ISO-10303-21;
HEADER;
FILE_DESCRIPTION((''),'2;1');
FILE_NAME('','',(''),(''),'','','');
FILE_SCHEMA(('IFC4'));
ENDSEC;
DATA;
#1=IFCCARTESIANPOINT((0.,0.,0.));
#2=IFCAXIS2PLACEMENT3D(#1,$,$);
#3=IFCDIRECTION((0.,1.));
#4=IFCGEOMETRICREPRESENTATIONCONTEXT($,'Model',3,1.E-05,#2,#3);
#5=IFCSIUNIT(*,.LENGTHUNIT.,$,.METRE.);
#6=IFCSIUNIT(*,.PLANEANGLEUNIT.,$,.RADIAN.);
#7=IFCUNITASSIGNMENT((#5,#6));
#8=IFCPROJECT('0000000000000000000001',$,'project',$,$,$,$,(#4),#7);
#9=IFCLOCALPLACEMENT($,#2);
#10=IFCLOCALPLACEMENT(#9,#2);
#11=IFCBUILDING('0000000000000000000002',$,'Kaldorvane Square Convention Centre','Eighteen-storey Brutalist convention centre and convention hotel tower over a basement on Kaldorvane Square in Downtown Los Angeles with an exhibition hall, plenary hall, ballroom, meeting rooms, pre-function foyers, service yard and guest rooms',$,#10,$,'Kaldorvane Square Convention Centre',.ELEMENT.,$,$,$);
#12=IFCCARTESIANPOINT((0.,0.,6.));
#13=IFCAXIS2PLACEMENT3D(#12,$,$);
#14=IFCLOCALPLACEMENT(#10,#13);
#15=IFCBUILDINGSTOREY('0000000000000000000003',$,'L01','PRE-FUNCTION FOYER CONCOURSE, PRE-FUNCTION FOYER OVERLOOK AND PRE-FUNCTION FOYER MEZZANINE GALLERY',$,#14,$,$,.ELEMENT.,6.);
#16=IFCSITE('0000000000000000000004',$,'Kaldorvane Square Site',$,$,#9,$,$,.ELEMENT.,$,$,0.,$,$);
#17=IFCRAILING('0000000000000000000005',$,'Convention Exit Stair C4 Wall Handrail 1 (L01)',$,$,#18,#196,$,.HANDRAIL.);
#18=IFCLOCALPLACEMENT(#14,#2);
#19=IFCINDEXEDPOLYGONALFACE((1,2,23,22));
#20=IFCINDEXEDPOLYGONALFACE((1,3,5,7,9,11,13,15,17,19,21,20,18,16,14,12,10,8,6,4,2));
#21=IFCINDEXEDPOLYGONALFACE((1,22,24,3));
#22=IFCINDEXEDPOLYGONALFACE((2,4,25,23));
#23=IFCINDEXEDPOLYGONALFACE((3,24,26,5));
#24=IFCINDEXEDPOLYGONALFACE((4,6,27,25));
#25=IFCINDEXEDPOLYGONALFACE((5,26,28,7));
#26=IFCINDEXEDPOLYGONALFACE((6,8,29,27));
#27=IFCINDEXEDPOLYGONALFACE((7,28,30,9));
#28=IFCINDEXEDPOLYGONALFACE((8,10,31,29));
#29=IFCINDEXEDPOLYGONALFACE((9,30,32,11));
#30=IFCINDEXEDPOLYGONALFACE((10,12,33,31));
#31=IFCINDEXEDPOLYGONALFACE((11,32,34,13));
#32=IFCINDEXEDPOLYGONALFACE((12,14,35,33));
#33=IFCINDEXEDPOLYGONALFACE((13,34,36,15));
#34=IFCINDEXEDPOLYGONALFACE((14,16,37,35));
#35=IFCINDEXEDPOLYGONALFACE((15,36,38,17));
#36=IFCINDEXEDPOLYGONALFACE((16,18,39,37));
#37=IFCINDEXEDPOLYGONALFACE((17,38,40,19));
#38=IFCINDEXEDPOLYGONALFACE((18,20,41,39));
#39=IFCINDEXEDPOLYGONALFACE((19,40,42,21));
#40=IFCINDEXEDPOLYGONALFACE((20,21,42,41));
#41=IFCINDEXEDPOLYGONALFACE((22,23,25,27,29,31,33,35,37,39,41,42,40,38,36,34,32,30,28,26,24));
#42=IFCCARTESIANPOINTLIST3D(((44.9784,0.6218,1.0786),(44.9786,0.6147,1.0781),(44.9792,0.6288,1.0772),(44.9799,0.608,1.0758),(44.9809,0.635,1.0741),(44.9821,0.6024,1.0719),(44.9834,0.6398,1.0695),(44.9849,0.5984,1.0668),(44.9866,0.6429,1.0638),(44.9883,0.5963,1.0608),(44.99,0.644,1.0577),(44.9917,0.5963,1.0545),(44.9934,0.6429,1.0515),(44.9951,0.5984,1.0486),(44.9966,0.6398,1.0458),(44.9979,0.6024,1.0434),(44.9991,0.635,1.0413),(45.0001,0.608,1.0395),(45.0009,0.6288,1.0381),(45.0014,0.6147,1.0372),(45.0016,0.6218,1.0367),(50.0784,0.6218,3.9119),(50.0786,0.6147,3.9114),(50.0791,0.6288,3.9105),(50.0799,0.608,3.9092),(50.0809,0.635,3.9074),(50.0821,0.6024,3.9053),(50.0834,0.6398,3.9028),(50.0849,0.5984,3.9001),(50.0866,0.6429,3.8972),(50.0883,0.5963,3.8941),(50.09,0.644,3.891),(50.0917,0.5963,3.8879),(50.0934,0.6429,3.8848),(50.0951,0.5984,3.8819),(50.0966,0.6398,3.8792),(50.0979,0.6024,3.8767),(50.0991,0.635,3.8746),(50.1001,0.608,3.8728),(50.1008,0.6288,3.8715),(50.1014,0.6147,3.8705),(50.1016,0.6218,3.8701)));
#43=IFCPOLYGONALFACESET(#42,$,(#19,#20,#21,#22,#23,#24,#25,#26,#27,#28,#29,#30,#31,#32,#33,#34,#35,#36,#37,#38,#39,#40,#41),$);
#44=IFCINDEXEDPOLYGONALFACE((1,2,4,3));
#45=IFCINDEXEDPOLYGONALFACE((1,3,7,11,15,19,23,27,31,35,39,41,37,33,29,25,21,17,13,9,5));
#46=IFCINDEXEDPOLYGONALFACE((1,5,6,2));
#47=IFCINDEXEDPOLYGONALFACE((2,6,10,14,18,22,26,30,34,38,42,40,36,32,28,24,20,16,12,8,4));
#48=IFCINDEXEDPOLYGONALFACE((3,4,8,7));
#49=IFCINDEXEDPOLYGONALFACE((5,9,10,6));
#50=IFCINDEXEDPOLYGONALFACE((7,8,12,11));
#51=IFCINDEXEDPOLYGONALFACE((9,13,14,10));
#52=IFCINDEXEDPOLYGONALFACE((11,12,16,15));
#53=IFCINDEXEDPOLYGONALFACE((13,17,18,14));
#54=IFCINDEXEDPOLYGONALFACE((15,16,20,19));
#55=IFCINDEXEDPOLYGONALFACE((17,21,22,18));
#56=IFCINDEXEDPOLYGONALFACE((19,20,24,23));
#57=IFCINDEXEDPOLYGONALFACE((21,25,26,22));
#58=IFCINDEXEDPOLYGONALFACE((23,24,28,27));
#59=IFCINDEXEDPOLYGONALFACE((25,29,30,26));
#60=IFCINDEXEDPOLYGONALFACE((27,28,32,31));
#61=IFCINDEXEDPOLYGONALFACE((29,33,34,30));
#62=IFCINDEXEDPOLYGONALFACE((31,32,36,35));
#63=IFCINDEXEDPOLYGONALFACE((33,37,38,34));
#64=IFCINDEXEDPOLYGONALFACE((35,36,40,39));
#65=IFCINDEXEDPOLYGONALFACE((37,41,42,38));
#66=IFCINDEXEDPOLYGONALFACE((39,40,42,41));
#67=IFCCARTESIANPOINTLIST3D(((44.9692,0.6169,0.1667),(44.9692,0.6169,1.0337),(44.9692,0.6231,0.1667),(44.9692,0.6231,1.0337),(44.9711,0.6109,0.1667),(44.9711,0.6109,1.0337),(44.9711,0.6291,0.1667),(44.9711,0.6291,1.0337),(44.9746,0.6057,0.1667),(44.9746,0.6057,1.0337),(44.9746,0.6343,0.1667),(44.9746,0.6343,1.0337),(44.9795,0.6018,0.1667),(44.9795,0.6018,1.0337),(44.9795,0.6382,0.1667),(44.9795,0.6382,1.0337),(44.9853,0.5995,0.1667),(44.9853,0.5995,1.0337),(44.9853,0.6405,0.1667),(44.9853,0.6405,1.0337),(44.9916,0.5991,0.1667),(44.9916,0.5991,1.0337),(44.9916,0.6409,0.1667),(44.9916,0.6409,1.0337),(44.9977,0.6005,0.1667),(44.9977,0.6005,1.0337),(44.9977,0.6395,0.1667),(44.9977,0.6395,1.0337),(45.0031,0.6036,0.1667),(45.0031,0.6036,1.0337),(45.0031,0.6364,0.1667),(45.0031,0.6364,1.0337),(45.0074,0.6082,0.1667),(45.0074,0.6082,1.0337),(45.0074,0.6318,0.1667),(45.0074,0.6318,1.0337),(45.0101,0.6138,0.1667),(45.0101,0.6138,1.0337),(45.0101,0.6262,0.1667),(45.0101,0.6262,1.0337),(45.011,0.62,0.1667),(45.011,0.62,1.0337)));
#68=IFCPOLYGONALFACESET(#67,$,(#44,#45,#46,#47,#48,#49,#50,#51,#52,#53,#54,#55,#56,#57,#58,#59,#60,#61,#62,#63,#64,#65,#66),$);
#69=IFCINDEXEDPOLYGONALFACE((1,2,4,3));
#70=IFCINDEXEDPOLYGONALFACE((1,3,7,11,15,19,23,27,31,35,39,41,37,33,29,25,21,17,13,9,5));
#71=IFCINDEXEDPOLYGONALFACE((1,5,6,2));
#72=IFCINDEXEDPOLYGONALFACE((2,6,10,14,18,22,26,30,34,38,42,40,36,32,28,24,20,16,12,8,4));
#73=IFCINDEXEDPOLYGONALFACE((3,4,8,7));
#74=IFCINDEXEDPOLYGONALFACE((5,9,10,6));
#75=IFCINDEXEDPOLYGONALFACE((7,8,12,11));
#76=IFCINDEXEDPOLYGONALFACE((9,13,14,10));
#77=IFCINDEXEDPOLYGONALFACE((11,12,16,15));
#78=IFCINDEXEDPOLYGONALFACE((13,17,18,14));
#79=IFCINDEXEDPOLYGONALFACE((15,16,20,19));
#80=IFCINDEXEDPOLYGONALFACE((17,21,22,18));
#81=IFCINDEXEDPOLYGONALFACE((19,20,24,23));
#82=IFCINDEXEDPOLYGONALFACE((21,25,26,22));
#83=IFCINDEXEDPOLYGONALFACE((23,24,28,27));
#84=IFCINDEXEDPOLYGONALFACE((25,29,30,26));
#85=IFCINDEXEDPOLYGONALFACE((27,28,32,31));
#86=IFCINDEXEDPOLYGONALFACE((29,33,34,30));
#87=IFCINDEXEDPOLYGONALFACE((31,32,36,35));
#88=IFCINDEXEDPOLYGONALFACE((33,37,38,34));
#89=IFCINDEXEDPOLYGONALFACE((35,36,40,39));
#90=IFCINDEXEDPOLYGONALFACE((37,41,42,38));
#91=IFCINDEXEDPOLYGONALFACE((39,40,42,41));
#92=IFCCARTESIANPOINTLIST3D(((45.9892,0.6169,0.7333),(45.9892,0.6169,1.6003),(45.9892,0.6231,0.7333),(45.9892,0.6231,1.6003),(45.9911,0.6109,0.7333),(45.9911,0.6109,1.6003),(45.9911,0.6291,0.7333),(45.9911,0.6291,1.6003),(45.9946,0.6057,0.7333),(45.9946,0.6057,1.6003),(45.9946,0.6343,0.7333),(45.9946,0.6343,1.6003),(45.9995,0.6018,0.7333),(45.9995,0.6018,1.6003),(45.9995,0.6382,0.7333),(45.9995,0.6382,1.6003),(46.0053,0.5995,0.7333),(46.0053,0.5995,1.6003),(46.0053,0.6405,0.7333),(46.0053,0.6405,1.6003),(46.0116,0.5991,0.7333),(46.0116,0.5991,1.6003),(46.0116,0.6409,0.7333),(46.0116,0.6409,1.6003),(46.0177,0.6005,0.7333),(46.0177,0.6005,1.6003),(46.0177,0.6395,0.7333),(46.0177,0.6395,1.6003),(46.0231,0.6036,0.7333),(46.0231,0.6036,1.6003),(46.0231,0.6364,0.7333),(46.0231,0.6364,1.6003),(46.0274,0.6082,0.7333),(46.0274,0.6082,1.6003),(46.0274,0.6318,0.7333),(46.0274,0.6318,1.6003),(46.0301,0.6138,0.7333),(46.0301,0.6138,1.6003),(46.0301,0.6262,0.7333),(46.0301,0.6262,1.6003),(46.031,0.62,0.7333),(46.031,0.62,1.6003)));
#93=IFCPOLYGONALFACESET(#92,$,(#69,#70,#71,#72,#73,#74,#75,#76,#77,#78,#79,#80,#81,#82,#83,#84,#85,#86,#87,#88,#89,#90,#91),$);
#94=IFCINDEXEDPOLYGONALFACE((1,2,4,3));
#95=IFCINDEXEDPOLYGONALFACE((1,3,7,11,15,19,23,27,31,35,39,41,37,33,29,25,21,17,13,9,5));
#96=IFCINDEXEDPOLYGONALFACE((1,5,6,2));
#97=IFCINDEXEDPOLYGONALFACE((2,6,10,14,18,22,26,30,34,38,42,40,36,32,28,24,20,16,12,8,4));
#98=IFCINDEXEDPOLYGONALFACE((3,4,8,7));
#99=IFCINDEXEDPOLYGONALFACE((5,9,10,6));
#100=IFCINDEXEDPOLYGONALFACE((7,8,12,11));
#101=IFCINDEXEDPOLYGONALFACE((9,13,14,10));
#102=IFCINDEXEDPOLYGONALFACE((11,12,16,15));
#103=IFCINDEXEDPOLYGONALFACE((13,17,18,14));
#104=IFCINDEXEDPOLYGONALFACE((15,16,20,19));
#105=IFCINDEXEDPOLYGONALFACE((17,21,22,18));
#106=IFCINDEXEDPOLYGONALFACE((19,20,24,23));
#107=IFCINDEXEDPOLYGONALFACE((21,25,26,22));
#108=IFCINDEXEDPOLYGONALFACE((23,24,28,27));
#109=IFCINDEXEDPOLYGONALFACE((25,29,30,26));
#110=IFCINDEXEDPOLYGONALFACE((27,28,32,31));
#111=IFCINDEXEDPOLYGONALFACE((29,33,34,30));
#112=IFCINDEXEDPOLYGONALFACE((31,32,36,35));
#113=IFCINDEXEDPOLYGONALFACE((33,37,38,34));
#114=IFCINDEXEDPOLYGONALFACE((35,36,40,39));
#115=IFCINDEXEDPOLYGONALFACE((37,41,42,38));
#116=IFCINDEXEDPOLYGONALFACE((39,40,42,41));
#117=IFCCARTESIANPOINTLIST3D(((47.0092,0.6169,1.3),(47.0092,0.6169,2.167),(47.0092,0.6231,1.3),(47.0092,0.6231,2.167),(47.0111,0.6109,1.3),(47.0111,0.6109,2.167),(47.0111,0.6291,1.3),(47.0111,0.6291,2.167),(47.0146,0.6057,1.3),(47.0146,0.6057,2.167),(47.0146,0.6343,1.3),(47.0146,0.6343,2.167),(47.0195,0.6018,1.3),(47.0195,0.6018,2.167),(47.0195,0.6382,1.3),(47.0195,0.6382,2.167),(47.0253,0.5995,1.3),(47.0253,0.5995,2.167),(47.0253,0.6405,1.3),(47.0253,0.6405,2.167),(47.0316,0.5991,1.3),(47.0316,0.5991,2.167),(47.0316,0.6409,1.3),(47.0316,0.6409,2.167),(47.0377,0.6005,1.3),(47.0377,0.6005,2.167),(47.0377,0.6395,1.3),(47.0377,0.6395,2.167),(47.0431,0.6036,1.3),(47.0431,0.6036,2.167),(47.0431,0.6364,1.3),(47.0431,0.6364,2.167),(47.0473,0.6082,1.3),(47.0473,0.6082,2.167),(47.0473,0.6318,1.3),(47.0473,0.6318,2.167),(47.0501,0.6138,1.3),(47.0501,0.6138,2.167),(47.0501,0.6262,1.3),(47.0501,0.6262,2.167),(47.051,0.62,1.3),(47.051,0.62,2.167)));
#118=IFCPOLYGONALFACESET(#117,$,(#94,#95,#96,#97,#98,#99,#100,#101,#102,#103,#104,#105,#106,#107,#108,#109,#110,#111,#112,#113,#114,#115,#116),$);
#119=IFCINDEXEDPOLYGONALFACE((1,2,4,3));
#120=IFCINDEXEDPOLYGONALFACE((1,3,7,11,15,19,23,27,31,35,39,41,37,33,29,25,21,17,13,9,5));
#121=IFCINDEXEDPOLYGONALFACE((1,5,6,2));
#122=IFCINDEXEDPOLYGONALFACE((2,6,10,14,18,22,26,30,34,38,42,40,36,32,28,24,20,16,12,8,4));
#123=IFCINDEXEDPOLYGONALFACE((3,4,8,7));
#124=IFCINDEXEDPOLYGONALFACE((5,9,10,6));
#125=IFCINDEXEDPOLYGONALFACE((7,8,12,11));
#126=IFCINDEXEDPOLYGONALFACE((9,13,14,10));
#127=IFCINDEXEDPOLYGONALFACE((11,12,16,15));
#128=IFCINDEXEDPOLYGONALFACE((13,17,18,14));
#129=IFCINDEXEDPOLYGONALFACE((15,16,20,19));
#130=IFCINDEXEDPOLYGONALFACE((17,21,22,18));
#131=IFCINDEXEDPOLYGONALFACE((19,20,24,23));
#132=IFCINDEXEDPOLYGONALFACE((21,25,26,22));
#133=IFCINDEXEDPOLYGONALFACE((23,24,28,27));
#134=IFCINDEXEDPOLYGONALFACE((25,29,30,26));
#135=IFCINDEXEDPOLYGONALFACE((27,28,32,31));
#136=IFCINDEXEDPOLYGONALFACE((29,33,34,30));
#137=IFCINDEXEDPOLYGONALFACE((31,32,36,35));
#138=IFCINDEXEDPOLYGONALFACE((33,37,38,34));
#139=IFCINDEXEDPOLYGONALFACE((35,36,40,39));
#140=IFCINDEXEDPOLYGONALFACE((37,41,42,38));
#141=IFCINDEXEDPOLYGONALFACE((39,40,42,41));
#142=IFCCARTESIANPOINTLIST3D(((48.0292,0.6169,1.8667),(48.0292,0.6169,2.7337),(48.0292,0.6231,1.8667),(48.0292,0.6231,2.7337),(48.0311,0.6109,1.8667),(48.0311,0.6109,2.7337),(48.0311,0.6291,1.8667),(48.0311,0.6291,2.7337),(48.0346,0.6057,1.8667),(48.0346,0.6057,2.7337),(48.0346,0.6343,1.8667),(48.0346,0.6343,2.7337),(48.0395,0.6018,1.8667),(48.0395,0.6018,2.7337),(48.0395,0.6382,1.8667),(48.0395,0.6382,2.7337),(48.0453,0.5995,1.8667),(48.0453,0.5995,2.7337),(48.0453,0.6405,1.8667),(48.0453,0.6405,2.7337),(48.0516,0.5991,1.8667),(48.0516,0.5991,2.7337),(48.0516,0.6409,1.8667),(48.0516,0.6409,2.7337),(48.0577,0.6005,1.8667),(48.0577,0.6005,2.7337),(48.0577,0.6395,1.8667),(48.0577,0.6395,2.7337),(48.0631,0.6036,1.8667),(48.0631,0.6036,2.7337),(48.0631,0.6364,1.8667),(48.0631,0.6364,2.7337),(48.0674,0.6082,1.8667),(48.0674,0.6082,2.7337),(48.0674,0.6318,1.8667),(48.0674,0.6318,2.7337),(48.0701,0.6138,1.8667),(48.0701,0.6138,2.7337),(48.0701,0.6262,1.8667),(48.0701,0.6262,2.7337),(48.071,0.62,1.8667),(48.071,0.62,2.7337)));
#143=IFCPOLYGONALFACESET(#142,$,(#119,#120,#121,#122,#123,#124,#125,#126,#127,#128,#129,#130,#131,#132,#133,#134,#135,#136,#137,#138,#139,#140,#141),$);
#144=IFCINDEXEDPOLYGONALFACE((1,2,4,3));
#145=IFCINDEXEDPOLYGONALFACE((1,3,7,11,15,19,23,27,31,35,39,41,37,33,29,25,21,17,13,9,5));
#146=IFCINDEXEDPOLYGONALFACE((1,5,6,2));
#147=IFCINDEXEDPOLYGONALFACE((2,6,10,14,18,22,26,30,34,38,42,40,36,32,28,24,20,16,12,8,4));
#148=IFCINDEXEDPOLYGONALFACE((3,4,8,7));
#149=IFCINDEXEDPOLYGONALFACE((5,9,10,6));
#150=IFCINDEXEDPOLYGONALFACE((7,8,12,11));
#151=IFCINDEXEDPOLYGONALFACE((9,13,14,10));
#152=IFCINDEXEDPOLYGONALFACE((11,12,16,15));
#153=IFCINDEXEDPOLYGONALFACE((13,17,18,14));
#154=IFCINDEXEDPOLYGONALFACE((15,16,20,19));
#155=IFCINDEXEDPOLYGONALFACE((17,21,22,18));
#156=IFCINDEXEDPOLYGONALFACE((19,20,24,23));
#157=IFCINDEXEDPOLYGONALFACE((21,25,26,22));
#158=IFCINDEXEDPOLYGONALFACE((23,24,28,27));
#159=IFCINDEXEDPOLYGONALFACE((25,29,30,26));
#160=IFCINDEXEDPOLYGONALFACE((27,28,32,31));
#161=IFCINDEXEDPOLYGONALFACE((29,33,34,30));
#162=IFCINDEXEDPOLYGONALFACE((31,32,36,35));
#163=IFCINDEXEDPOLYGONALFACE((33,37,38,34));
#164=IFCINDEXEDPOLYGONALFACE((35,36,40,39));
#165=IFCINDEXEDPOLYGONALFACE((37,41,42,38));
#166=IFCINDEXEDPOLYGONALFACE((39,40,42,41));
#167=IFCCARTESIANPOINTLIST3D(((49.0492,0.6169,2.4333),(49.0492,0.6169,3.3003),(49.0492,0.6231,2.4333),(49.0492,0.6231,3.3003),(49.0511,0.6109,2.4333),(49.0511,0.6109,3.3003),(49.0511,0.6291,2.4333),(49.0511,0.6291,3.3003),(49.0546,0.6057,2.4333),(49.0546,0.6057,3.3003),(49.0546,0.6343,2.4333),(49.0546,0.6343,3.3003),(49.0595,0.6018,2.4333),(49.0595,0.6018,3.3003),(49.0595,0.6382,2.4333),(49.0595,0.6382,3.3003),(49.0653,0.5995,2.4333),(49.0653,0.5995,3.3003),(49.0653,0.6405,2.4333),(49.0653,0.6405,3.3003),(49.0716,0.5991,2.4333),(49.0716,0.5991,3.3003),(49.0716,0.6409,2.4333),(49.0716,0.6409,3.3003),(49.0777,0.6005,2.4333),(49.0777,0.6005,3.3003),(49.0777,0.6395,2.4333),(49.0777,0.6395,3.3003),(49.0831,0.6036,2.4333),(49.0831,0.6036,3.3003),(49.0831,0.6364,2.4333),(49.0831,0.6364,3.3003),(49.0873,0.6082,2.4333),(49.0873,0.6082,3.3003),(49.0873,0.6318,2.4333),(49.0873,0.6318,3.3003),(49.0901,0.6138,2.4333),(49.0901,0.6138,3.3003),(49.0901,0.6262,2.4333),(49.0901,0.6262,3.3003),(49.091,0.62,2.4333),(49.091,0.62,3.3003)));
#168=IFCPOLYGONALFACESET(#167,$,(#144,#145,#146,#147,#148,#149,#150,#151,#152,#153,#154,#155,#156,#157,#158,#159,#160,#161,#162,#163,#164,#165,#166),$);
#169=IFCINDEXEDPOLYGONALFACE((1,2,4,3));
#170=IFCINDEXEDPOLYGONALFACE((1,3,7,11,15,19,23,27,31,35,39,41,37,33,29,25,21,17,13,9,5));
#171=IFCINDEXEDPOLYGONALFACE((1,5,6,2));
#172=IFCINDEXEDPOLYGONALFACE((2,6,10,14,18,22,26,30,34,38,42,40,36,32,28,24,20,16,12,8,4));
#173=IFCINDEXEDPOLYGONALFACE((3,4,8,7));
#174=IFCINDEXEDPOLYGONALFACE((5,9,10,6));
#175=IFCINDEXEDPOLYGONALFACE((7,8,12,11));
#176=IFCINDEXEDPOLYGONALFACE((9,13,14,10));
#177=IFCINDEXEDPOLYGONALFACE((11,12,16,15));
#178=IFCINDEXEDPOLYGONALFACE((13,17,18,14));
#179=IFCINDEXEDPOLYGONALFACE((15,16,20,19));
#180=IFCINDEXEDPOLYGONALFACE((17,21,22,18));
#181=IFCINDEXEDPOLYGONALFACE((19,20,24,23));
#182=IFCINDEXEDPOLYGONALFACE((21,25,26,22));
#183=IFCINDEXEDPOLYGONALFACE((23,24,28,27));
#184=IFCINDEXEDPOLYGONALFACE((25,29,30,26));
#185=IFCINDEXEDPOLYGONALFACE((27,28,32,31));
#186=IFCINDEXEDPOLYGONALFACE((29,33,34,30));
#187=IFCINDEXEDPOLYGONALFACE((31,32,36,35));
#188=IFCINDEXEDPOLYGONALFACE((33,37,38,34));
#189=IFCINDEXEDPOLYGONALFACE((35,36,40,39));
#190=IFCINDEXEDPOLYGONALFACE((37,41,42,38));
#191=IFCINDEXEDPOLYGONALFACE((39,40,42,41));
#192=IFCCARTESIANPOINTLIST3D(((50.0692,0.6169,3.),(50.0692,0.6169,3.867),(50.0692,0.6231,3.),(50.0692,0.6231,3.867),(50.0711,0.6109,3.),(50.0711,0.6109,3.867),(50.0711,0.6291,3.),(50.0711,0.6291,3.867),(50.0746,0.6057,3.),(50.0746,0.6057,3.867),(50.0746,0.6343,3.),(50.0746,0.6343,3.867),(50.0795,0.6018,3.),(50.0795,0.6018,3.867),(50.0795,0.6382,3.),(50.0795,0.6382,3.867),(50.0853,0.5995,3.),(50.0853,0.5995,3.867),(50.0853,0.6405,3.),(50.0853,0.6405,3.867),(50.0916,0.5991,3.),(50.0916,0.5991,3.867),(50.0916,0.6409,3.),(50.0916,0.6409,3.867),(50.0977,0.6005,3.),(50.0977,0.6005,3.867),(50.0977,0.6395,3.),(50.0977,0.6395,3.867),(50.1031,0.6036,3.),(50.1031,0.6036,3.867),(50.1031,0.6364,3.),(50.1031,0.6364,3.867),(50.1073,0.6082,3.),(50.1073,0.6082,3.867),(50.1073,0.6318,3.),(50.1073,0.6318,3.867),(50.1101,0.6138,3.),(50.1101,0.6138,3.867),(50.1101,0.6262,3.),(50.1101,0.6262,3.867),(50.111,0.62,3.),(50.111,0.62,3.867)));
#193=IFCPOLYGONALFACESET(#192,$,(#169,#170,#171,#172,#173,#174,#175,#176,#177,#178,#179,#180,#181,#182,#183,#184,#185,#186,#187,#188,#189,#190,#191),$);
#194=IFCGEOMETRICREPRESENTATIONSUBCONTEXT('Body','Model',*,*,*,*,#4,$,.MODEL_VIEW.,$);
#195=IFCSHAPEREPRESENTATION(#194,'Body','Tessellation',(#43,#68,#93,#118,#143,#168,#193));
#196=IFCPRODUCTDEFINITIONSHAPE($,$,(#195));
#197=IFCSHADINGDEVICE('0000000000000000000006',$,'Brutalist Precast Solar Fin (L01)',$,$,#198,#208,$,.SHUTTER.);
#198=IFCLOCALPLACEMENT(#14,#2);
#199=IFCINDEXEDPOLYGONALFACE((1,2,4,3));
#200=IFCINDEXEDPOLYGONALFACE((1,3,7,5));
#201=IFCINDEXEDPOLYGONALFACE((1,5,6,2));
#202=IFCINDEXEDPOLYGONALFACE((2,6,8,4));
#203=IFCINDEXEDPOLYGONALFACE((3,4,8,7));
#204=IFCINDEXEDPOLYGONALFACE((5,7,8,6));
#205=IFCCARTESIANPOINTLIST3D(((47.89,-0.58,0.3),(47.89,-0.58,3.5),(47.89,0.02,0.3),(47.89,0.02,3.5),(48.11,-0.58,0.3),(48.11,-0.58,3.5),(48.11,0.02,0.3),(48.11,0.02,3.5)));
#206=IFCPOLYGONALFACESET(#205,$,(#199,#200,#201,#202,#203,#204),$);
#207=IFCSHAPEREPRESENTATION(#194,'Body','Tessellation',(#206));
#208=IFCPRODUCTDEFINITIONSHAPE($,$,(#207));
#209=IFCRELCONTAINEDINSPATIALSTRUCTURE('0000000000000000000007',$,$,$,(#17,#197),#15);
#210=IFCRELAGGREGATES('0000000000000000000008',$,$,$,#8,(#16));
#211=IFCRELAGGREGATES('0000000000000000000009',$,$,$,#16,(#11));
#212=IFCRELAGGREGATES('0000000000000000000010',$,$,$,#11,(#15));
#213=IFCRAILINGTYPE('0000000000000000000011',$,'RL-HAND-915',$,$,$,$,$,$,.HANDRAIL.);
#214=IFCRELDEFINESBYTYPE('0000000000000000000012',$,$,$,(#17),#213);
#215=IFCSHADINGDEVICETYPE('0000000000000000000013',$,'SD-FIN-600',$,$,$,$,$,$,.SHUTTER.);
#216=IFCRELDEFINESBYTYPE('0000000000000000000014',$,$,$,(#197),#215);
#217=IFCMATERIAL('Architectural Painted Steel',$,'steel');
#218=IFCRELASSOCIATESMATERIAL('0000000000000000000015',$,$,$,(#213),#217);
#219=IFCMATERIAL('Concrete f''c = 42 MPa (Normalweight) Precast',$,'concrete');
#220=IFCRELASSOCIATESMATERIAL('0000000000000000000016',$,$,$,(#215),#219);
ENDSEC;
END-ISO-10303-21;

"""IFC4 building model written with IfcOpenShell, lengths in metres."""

from ifc_helpers import new_model, si_unit, direction, frame, origin, origin_2d, place, context, subcontext, project, spatial, rectangle, circle, extrude, material, type_object, element, save


model = new_model("IFC4")

# Units and contexts
model_context = context("Model", 3, precision=1e-05, world=origin(), true_north=direction((0.0, 1.0)))
body_context = subcontext(model_context, "Body", "Model", "MODEL_VIEW")
ifc_project = project(units=[si_unit("LENGTHUNIT", "METRE"), si_unit("PLANEANGLEUNIT", "RADIAN")], contexts=[model_context])

# Site, building, storey
site_placement = place(None, origin())
site = spatial("IfcSite", under=ifc_project, at=site_placement, Name="Kaldorvane Square Site", CompositionType="ELEMENT", RefElevation=0.0)
building_placement = place(site_placement, origin())
building = spatial("IfcBuilding", under=site, at=building_placement, Name="Kaldorvane Square Convention Centre", Description="Eighteen-storey Brutalist convention centre and convention hotel tower over a basement on Kaldorvane Square in Downtown Los Angeles with an exhibition hall, plenary hall, ballroom, meeting rooms, pre-function foyers, service yard and guest rooms", LongName="Kaldorvane Square Convention Centre", CompositionType="ELEMENT")
storey_placement = place(building_placement, frame((0.0, 0.0, 6.0)))
storey = spatial("IfcBuildingStorey", under=building, at=storey_placement, Name="L01", Description="PRE-FUNCTION FOYER CONCOURSE, PRE-FUNCTION FOYER OVERLOOK AND PRE-FUNCTION FOYER MEZZANINE GALLERY", CompositionType="ELEMENT", Elevation=6.0)

# Shared definitions
ifc_material_1 = material(Name="Concrete f'c = 42 MPa (Normalweight) Precast", Category="concrete")

# Railing
ifc_material_2 = material(Name="Architectural Painted Steel", Category="steel")
railing_type_1 = type_object("IfcRailingType", Name="RL-HAND-915", PredefinedType="HANDRAIL", material=ifc_material_2)
railing_1_placement = place(storey_placement, frame((44.99, 0.62, 0.1667)))
element("IfcRailing", 1, at=railing_1_placement, inside=storey, type_object=railing_type_1, Name="Convention Exit Stair C4 Wall Handrail 1 (L01)", PredefinedType="HANDRAIL", context=body_context, shape_type="SweptSolid", body=[
    extrude(circle(Radius=0.024, at=origin_2d()), frame((0.0, 0.0, 0.891), z_axis=(0.874157, 0.0, 0.485643), x_axis=(0.0, 1.0, 0.0)), (0.0, 0.0, 1.0), 5.8342),
    extrude(circle(Radius=0.021, at=origin_2d()), origin(), (0.0, 0.0, 1.0), 0.867),
    extrude(circle(Radius=0.021, at=origin_2d()), frame((1.02, 0.0, 0.5667)), (0.0, 0.0, 1.0), 0.867),
    extrude(circle(Radius=0.021, at=origin_2d()), frame((2.04, 0.0, 1.1333)), (0.0, 0.0, 1.0), 0.867),
    extrude(circle(Radius=0.021, at=origin_2d()), frame((3.06, 0.0, 1.7)), (0.0, 0.0, 1.0), 0.867),
    extrude(circle(Radius=0.021, at=origin_2d()), frame((4.08, 0.0, 2.2667)), (0.0, 0.0, 1.0), 0.867),
    extrude(circle(Radius=0.021, at=origin_2d()), frame((5.1, 0.0, 2.8333)), (0.0, 0.0, 1.0), 0.867),
])

# Shading device
shading_device_type = type_object("IfcShadingDeviceType", Name="SD-FIN-600", PredefinedType="SHUTTER", material=ifc_material_1)
shading_device_placement = place(storey_placement, frame((48.0, -0.28, 0.3), z_axis=(0.0, 0.0, 1.0), x_axis=(1.0, 0.0, 0.0)))
element("IfcShadingDevice", 2, at=shading_device_placement, inside=storey, type_object=shading_device_type, Name="Brutalist Precast Solar Fin (L01)", PredefinedType="SHUTTER", context=body_context, shape_type="SweptSolid", body=[
    extrude(rectangle(XDim=0.22, YDim=0.6, at=origin_2d()), origin(), (0.0, 0.0, 1.0), 3.2),
])

save(model, "model.ifc")
